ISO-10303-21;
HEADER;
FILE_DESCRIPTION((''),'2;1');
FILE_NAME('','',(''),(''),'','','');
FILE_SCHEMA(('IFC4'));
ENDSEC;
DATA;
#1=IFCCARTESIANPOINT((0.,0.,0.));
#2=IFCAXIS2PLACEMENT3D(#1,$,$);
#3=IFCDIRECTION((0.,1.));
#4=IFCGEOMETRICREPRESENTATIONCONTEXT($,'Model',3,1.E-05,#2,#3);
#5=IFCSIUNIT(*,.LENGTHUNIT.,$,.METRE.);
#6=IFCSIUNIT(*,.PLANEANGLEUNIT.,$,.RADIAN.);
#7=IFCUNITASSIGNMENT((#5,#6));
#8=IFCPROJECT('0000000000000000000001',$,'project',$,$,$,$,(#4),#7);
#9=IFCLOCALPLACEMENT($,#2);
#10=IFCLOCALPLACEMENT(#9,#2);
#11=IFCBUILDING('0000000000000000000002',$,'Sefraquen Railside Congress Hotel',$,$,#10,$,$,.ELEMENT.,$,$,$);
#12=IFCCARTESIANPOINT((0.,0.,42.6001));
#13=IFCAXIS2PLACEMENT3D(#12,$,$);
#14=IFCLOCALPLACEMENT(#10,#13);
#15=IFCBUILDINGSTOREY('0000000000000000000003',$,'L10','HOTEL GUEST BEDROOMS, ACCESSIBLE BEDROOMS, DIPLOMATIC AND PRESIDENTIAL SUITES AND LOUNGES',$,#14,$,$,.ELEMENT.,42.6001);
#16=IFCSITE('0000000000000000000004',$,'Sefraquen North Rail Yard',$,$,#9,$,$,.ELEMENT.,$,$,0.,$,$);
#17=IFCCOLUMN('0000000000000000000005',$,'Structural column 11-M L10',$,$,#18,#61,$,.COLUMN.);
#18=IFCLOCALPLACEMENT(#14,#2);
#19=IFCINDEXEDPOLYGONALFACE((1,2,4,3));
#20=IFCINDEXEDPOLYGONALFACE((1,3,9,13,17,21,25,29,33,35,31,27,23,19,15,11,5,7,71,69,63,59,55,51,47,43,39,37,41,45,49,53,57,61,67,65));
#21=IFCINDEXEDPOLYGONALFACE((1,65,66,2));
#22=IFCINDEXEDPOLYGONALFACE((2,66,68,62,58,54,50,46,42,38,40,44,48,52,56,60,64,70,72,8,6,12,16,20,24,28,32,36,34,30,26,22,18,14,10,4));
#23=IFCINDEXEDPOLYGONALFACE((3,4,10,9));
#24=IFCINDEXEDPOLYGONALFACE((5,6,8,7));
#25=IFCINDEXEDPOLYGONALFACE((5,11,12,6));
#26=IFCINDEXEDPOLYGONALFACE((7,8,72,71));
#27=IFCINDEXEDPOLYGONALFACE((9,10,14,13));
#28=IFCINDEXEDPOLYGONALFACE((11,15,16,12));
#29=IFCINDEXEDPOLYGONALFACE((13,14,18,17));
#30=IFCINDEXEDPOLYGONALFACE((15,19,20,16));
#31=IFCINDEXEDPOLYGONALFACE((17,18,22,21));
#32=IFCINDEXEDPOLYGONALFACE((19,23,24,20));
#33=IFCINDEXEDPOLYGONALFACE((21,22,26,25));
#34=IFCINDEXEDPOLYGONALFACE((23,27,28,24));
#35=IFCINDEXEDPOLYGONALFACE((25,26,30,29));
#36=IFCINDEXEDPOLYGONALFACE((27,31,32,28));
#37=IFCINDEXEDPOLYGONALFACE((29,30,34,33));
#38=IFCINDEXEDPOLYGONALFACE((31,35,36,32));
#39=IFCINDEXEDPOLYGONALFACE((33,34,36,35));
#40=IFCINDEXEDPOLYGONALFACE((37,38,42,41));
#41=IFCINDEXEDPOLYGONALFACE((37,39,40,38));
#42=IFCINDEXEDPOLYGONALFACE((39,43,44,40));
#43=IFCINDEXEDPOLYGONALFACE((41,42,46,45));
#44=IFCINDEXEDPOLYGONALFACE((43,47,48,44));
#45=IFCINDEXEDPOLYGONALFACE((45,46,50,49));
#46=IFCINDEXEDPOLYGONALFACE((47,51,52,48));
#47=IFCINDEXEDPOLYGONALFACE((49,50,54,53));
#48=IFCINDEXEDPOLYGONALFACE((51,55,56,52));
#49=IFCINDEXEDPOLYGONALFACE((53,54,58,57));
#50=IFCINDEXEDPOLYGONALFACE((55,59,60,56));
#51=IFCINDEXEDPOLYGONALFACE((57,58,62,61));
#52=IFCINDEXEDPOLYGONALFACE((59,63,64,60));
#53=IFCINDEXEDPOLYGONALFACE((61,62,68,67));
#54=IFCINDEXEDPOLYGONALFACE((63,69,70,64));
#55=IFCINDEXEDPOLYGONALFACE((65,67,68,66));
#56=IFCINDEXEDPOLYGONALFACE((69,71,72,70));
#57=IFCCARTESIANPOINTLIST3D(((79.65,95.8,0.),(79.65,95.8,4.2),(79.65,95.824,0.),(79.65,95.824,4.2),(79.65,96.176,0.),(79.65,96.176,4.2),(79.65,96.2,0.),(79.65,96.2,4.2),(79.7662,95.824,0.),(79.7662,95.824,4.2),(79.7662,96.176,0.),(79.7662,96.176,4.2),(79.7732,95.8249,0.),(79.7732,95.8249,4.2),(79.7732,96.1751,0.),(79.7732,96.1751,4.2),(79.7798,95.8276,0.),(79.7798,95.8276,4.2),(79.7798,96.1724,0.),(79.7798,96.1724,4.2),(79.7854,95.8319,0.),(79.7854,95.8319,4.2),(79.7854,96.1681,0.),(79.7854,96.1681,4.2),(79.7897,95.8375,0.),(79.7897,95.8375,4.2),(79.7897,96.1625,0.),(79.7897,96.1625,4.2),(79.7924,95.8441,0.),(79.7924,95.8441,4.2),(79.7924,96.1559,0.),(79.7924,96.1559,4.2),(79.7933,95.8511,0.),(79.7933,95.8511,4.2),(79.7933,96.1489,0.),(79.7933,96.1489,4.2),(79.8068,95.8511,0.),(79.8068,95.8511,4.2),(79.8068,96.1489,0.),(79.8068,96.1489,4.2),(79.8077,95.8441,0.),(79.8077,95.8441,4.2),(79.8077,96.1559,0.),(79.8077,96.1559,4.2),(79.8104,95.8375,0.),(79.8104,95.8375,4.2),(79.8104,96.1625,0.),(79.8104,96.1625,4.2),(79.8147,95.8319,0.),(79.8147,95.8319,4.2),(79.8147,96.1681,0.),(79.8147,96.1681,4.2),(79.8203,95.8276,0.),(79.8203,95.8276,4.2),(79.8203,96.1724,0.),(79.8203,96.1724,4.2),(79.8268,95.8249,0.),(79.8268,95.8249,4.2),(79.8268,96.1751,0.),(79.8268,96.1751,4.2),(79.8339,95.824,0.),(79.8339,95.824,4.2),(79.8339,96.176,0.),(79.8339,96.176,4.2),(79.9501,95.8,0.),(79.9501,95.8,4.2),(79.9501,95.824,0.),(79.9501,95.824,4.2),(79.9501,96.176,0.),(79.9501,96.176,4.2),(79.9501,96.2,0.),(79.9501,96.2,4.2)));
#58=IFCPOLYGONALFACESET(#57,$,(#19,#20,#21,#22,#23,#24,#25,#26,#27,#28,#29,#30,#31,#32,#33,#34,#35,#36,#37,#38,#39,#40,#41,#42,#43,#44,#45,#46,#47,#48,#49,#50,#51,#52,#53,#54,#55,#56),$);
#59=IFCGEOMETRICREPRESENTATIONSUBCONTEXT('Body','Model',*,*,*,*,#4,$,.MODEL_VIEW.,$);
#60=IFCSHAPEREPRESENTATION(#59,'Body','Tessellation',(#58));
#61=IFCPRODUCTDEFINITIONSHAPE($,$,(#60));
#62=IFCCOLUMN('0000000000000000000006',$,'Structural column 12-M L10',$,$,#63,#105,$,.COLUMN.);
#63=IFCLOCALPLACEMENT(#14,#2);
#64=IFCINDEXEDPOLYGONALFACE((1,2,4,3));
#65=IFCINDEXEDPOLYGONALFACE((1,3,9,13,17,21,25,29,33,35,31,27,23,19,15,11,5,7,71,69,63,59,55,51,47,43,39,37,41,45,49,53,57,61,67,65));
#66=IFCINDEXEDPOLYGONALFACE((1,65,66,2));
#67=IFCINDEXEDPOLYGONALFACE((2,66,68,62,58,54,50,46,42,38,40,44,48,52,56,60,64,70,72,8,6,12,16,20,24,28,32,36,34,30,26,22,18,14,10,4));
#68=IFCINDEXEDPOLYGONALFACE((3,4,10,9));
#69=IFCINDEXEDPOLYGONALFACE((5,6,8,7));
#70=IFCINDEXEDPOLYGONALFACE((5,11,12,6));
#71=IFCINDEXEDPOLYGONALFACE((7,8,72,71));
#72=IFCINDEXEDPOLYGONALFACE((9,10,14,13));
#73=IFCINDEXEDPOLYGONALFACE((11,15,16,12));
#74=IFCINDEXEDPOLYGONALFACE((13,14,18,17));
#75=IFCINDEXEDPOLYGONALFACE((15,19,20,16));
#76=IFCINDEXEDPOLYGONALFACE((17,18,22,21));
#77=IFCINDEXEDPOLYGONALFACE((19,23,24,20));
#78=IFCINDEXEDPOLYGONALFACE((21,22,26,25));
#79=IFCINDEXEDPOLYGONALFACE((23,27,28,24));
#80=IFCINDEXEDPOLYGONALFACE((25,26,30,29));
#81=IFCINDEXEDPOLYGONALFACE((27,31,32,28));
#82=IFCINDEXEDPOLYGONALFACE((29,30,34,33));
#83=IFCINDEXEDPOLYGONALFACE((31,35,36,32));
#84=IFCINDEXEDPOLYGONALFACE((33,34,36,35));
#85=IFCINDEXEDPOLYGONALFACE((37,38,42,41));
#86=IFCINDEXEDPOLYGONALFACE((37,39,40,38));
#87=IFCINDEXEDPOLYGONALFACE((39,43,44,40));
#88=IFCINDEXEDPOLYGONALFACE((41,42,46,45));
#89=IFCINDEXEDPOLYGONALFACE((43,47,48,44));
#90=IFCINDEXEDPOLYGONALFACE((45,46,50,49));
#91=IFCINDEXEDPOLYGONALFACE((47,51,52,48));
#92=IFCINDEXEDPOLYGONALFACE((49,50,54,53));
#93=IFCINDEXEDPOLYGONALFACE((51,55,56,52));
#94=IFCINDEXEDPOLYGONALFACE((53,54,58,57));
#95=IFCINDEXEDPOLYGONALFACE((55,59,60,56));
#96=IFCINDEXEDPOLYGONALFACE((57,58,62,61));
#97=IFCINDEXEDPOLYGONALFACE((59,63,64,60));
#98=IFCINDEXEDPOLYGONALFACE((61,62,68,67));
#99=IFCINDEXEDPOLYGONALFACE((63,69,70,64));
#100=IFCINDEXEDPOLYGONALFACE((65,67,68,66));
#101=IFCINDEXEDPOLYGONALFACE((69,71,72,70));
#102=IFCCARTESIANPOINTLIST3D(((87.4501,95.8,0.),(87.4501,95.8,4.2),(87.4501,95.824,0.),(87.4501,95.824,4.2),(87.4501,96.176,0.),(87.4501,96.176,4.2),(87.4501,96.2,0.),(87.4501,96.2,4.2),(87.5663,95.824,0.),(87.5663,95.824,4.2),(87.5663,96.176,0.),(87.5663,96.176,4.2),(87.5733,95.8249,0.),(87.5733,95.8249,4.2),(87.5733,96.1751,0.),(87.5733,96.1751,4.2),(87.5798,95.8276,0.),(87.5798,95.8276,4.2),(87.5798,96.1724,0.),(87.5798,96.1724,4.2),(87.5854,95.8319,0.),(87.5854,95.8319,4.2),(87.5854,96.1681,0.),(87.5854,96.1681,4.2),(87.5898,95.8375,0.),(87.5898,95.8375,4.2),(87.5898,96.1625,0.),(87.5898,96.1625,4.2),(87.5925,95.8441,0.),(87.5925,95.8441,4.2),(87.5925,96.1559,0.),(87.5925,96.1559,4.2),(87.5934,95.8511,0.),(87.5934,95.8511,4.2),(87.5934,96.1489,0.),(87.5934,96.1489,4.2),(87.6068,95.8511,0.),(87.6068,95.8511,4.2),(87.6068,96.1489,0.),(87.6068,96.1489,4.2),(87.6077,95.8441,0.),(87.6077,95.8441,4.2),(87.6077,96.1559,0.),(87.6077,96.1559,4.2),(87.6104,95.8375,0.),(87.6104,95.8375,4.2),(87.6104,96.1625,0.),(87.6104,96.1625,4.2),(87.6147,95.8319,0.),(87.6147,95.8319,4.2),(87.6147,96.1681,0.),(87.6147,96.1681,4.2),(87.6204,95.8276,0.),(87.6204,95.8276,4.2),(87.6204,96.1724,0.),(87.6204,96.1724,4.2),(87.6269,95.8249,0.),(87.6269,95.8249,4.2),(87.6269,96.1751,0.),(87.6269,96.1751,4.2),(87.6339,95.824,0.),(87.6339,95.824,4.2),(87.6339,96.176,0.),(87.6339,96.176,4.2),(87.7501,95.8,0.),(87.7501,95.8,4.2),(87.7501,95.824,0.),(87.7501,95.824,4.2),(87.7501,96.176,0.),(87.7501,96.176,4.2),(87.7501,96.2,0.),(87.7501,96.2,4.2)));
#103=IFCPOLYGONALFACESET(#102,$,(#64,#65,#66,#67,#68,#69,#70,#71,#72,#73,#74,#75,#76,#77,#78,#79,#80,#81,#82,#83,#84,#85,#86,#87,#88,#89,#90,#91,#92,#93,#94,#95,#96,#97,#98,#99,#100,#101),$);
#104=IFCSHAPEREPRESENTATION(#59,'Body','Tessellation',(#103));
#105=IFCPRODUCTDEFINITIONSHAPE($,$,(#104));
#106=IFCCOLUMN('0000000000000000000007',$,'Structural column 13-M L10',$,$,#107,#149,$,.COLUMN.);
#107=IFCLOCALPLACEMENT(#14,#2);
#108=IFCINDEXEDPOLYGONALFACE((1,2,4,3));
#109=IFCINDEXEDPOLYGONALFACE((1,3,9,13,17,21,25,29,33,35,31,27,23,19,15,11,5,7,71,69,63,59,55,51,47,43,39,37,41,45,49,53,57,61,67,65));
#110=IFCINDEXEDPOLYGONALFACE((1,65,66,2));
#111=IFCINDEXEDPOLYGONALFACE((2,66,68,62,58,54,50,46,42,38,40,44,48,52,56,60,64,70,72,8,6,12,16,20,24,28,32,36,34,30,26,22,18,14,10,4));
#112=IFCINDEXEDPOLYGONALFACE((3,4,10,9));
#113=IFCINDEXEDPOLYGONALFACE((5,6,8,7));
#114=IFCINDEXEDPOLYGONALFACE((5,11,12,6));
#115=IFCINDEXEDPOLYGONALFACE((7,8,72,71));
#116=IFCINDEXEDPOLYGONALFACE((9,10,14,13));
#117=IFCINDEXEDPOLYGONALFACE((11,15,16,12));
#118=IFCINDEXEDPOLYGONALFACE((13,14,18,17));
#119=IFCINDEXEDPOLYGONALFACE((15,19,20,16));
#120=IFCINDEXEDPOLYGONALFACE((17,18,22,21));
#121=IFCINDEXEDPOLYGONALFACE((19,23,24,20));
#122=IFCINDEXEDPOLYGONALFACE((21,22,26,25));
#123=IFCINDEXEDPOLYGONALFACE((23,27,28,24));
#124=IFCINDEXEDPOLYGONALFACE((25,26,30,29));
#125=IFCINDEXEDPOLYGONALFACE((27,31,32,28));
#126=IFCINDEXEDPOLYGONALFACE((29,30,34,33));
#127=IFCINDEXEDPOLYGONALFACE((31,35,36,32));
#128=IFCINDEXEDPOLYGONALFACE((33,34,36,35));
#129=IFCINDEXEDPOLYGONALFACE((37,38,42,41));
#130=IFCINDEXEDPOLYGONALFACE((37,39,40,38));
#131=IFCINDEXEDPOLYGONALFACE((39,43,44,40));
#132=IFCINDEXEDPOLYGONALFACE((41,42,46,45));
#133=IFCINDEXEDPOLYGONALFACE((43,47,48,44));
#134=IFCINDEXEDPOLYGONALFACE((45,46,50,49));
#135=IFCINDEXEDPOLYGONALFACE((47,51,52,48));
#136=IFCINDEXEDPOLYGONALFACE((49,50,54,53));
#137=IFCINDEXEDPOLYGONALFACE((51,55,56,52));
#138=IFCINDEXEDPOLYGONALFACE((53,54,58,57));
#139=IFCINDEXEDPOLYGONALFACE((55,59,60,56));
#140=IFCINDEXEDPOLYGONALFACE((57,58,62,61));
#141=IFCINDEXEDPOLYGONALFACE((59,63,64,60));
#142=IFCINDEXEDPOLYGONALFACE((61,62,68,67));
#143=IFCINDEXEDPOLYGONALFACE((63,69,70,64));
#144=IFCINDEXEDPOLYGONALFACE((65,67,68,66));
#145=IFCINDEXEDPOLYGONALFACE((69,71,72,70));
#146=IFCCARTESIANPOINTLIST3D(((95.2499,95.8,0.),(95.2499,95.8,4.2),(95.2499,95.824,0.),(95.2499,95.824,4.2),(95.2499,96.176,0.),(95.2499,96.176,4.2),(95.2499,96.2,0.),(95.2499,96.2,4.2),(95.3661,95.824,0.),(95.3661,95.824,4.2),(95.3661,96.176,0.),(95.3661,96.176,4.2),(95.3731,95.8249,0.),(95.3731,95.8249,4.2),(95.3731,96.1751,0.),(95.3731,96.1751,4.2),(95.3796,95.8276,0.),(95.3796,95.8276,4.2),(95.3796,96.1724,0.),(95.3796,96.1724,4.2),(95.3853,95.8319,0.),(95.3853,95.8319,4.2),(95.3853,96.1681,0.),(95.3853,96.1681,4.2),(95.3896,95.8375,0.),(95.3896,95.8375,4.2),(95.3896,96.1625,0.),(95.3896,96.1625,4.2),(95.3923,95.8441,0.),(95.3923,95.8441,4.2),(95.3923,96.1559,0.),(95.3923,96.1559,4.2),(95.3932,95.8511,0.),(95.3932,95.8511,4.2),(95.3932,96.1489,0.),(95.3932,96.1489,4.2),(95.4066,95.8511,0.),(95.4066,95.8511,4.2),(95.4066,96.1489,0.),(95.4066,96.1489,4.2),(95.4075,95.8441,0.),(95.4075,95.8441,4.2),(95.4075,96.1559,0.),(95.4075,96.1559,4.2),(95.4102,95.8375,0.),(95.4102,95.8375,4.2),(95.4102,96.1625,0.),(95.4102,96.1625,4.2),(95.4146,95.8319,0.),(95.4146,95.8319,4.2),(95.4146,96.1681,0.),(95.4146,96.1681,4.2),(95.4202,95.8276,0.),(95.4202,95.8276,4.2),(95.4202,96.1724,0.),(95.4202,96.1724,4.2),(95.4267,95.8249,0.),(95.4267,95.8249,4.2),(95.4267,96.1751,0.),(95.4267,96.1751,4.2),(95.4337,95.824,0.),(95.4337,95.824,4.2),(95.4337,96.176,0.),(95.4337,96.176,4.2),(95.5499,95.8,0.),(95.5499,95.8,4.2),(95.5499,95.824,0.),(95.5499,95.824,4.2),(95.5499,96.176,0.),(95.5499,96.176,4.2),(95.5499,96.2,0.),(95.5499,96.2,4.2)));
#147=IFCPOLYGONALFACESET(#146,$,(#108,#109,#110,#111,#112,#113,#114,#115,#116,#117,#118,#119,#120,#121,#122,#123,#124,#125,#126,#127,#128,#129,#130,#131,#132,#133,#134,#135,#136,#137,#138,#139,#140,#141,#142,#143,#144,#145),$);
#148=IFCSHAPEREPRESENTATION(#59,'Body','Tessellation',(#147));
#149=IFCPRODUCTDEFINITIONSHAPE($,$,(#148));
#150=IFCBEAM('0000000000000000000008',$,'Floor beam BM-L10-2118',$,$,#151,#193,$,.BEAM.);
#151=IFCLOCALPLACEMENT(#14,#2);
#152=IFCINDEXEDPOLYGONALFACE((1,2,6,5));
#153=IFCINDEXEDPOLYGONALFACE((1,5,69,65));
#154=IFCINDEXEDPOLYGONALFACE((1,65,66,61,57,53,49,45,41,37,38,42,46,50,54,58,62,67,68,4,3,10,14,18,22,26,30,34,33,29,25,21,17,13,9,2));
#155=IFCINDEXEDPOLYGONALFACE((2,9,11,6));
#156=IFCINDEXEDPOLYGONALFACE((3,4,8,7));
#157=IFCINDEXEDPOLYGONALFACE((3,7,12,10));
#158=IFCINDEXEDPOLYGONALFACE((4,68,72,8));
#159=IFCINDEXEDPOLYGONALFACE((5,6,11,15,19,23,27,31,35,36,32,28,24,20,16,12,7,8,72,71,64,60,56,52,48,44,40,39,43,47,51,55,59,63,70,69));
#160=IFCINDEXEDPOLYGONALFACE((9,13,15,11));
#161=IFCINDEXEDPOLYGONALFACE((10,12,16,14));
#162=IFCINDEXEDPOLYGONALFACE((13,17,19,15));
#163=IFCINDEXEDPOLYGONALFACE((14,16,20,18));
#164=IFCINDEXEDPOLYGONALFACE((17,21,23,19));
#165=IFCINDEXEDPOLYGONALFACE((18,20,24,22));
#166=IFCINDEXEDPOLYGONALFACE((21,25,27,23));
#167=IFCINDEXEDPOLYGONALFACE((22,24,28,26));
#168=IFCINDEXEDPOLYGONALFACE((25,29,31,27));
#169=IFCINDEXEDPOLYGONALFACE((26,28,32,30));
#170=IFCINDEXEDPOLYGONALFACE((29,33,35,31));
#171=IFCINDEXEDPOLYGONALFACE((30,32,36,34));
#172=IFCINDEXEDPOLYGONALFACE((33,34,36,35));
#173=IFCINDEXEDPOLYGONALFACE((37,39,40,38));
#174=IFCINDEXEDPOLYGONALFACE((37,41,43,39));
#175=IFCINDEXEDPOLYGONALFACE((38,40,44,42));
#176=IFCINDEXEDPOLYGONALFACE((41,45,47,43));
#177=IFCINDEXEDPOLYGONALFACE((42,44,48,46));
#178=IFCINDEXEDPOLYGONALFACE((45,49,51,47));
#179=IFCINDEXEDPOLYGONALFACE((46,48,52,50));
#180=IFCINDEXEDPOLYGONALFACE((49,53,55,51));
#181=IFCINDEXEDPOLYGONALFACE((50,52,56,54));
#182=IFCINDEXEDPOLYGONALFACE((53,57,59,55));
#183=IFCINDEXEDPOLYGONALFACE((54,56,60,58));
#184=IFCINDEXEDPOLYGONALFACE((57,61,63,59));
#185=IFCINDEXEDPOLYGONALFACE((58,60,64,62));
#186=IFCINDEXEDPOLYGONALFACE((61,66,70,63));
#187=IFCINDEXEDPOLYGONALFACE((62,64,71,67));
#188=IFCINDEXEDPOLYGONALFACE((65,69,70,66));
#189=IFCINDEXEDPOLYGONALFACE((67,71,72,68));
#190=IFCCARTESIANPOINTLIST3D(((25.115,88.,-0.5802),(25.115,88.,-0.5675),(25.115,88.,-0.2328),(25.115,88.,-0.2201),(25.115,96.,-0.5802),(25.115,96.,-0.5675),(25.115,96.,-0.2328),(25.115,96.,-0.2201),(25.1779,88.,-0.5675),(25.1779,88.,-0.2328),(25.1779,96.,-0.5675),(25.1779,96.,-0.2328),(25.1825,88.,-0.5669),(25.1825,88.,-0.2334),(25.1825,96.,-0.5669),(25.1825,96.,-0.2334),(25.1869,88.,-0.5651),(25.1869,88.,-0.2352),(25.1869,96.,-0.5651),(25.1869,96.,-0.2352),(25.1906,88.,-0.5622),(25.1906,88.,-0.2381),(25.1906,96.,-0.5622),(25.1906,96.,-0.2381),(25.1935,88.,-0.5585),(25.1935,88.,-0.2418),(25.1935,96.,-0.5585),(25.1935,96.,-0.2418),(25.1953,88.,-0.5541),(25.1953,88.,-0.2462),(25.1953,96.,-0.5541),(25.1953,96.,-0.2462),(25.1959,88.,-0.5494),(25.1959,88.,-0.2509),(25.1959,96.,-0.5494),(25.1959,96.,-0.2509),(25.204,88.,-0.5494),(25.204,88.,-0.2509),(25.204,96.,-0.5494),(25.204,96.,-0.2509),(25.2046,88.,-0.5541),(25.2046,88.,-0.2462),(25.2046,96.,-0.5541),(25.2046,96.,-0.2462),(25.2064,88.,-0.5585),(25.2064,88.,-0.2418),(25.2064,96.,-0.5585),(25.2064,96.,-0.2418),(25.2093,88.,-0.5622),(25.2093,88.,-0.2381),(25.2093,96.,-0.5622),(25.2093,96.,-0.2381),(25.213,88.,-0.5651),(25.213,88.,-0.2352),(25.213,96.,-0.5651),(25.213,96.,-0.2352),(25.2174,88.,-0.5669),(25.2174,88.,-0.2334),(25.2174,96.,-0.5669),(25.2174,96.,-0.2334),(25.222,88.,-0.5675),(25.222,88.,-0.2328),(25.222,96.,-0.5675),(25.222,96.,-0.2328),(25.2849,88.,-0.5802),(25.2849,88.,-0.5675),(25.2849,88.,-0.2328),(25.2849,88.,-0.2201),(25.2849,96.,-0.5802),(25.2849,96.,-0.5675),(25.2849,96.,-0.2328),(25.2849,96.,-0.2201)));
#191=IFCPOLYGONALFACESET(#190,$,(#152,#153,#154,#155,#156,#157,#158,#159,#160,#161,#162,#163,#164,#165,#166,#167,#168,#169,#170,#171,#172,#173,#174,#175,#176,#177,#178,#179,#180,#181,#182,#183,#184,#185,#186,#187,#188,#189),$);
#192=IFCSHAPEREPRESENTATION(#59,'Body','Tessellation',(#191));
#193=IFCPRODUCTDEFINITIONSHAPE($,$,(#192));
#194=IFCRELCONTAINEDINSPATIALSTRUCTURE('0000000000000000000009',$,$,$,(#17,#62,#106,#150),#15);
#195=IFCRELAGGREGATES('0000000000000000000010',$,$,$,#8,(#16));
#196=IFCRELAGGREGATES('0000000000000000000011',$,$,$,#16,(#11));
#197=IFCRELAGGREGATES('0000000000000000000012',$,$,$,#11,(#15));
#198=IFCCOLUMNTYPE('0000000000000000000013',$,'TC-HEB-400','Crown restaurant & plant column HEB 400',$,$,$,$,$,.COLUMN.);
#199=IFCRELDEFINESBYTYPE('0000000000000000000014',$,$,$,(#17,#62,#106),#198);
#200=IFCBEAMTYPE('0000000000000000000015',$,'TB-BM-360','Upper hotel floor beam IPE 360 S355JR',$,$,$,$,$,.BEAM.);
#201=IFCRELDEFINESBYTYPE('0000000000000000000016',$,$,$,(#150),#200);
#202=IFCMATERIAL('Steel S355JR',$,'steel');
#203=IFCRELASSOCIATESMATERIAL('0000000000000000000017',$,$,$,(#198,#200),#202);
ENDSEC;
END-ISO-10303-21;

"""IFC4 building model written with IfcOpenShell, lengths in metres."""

from ifc_helpers import new_model, si_unit, direction, frame, origin, origin_2d, place, context, subcontext, project, spatial, i_section, extrude, material, material_profile, profile_set, type_object, element, save


model = new_model("IFC4")

# Units and contexts
model_context = context("Model", 3, precision=1e-05, world=origin(), true_north=direction((0.0, 1.0)))
body_context = subcontext(model_context, "Body", "Model", "MODEL_VIEW")
ifc_project = project(units=[si_unit("LENGTHUNIT", "METRE"), si_unit("PLANEANGLEUNIT", "RADIAN")], contexts=[model_context])

# Site, building, storey
site_placement = place(None, origin())
site = spatial("IfcSite", under=ifc_project, at=site_placement, Name="Sefraquen North Rail Yard", CompositionType="ELEMENT", RefElevation=0.0)
building_placement = place(site_placement, origin())
building = spatial("IfcBuilding", under=site, at=building_placement, Name="Sefraquen Railside Congress Hotel", CompositionType="ELEMENT")
storey_placement = place(building_placement, frame((0.0, 0.0, 42.6001)))
storey = spatial("IfcBuildingStorey", under=building, at=storey_placement, Name="L10", Description="HOTEL GUEST BEDROOMS, ACCESSIBLE BEDROOMS, DIPLOMATIC AND PRESIDENTIAL SUITES AND LOUNGES", CompositionType="ELEMENT", Elevation=42.6001)

# Columns
ifc_material_1 = material(Name="Steel S355JR", Category="steel")
ifc_material_profile_1 = material_profile(ifc_material_1, i_section(OverallWidth=0.3, OverallDepth=0.3999, WebThickness=0.0134, FlangeThickness=0.0239, FilletRadius=0.0271, at=origin_2d()), Name="HEB 400")
ifc_profile_set_1 = profile_set([ifc_material_profile_1], Name="Steel S355JR")
column_type_1 = type_object("IfcColumnType", Name="TC-HEB-400", Description="Crown restaurant & plant column HEB 400", PredefinedType="COLUMN", material=ifc_profile_set_1)
for number, where, z_axis, x_axis, name in (
    (1, (79.8, 96.0, 0.0), (0.0, 0.0, 1.0), (1.0, 0.0, 0.0), "Structural column 11-M L10"),
    (2, (87.6001, 96.0, 0.0), (0.0, 0.0, 1.0), (1.0, 0.0, 0.0), "Structural column 12-M L10"),
    (3, (95.3999, 96.0, 0.0), (0.0, 0.0, 1.0), (1.0, 0.0, 0.0), "Structural column 13-M L10"),
):
    element("IfcColumn", number, at=place(storey_placement, frame(where, z_axis=z_axis, x_axis=x_axis)), inside=storey, type_object=column_type_1, Name=name, PredefinedType="COLUMN", context=body_context, shape_type="SweptSolid", body=[
        extrude(i_section(OverallWidth=0.3, OverallDepth=0.3999, WebThickness=0.0134, FlangeThickness=0.0239, FilletRadius=0.0271, at=origin_2d()), origin(), (0.0, 0.0, 1.0), 4.2),
    ])

# Beam
ifc_material_profile_2 = material_profile(ifc_material_1, i_section(OverallWidth=0.1699, OverallDepth=0.3601, WebThickness=0.0081, FlangeThickness=0.0127, FilletRadius=0.0181, at=origin_2d()), Name="IPE 360")
ifc_profile_set_2 = profile_set([ifc_material_profile_2], Name="Steel S355JR")
beam_type_1 = type_object("IfcBeamType", Name="TB-BM-360", Description="Upper hotel floor beam IPE 360 S355JR", PredefinedType="BEAM", material=ifc_profile_set_2)
beam_1_placement = place(storey_placement, frame((25.2, 88.0, -0.4001), z_axis=(0.0, 1.0, 0.0), x_axis=(-1.0, 0.0, 0.0)))
element("IfcBeam", 4, at=beam_1_placement, inside=storey, type_object=beam_type_1, Name="Floor beam BM-L10-2118", PredefinedType="BEAM", context=body_context, shape_type="SweptSolid", body=[
    extrude(i_section(OverallWidth=0.1699, OverallDepth=0.3601, WebThickness=0.0081, FlangeThickness=0.0127, FilletRadius=0.0181, at=origin_2d()), origin(), (0.0, 0.0, 1.0), 8.0),
])

save(model, "model.ifc")
